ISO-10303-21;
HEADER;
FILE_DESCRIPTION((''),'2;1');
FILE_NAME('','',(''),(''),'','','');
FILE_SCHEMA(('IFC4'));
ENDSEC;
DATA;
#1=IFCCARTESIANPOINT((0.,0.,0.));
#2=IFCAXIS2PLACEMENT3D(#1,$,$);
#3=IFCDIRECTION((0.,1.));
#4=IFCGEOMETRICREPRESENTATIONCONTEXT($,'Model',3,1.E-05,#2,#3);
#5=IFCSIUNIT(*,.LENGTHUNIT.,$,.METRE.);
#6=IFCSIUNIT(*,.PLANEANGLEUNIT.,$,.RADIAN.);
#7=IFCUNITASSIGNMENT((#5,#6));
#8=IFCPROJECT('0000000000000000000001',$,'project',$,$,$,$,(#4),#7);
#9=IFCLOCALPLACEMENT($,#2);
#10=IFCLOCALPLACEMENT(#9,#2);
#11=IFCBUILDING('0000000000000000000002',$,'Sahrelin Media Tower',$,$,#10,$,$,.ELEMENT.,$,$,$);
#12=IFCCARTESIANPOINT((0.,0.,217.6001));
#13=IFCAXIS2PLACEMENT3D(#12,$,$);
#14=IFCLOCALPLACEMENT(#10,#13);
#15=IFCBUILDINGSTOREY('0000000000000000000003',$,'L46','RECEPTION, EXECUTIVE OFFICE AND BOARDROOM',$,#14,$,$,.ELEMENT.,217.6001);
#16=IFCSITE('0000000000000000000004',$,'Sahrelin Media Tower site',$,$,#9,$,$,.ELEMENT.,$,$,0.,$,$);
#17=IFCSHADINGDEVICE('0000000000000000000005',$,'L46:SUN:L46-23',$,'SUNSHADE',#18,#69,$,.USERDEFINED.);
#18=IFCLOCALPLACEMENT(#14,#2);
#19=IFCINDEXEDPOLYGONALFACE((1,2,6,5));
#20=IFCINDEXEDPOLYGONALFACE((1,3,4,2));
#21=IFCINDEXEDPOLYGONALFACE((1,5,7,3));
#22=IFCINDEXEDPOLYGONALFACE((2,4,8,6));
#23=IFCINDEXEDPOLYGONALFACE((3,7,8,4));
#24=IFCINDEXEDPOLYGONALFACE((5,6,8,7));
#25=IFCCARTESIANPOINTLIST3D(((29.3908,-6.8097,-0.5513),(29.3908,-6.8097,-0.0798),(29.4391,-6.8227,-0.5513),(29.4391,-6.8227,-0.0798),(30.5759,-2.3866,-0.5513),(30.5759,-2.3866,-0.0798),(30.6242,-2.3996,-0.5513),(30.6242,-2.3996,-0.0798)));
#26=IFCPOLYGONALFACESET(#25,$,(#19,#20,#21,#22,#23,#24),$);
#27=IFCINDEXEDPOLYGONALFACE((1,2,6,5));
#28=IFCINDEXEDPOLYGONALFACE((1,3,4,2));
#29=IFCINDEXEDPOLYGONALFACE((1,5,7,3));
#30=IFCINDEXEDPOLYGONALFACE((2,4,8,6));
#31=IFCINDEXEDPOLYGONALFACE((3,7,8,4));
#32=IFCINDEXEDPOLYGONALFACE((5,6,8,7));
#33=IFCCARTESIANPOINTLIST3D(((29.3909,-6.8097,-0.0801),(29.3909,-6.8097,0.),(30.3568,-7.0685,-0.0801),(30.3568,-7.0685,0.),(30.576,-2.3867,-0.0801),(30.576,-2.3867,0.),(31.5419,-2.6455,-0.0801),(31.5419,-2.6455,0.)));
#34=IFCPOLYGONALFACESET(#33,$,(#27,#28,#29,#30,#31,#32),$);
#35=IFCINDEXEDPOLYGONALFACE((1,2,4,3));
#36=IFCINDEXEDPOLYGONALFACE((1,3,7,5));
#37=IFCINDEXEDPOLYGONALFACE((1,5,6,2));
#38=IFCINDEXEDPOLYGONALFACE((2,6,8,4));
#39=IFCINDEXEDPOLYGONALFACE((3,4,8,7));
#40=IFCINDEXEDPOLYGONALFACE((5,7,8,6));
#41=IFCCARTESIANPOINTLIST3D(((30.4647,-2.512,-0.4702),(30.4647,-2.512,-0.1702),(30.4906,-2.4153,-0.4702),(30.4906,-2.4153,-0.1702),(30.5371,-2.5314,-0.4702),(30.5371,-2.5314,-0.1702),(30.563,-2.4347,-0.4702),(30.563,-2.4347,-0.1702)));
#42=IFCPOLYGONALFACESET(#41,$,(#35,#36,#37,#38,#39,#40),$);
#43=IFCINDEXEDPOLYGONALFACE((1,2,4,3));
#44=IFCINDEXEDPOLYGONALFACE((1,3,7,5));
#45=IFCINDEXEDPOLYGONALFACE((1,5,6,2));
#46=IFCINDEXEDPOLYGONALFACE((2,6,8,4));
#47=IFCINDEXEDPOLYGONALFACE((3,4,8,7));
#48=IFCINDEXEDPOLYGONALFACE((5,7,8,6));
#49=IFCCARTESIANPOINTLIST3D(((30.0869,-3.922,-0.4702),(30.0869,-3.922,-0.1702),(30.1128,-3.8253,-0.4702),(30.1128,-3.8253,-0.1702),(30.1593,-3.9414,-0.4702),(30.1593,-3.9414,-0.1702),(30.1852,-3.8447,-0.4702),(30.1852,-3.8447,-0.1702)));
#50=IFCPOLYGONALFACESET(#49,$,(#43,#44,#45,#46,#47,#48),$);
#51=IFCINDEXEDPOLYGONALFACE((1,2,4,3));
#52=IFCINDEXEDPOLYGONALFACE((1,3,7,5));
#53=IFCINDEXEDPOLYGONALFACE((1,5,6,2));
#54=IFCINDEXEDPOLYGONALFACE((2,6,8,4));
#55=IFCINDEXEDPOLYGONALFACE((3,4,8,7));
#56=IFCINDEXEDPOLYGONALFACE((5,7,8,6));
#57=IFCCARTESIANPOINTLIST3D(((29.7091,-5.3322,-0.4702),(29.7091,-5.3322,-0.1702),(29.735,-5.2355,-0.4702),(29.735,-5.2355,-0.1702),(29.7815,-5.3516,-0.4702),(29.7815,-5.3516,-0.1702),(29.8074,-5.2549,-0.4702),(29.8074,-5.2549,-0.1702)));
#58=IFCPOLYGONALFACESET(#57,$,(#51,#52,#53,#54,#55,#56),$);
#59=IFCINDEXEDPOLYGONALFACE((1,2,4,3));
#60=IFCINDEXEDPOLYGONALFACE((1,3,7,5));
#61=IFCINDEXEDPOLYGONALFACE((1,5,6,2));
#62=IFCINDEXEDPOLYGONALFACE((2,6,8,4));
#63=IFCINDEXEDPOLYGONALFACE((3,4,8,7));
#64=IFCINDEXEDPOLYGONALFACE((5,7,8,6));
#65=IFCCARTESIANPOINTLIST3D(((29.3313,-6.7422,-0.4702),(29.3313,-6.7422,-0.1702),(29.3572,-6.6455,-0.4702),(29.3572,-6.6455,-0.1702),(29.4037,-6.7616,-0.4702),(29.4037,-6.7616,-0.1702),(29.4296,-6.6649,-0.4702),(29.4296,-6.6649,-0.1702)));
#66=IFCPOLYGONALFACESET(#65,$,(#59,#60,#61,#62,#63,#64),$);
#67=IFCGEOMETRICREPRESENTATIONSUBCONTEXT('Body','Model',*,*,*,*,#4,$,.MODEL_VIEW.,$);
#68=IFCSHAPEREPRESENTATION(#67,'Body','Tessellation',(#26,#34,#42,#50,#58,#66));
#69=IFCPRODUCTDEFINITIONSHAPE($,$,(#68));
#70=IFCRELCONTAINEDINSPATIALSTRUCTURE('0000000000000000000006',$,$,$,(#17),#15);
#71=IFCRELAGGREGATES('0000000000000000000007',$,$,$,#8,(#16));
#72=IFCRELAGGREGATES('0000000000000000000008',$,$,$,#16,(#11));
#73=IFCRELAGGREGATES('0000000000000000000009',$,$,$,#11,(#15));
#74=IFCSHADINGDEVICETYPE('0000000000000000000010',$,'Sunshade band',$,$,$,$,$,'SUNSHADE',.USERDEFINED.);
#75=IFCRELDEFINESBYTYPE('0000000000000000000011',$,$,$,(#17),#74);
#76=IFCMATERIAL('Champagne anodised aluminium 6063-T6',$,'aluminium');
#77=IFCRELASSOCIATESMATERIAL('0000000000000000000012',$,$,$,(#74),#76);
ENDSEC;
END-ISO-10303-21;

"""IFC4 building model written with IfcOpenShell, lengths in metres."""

from ifc_helpers import new_model, si_unit, direction, frame, origin, origin_2d, place, context, subcontext, project, spatial, rectangle, extrude, material, type_object, element, save


model = new_model("IFC4")

# Units and contexts
model_context = context("Model", 3, precision=1e-05, world=origin(), true_north=direction((0.0, 1.0)))
body_context = subcontext(model_context, "Body", "Model", "MODEL_VIEW")
ifc_project = project(units=[si_unit("LENGTHUNIT", "METRE"), si_unit("PLANEANGLEUNIT", "RADIAN")], contexts=[model_context])

# Site, building, storey
site_placement = place(None, origin())
site = spatial("IfcSite", under=ifc_project, at=site_placement, Name="Sahrelin Media Tower site", CompositionType="ELEMENT", RefElevation=0.0)
building_placement = place(site_placement, origin())
building = spatial("IfcBuilding", under=site, at=building_placement, Name="Sahrelin Media Tower", CompositionType="ELEMENT")
storey_placement = place(building_placement, frame((0.0, 0.0, 217.6001)))
storey = spatial("IfcBuildingStorey", under=building, at=storey_placement, Name="L46", Description="RECEPTION, EXECUTIVE OFFICE AND BOARDROOM", CompositionType="ELEMENT", Elevation=217.6001)

# Shared definitions
ifc_material_1 = material(Name="Champagne anodised aluminium 6063-T6", Category="aluminium")

# Shading device
placement_1 = place(storey_placement, frame((29.9641, -4.593, 0.0), z_axis=(0.0, 0.0, 1.0), x_axis=(-0.258808, -0.965929, 0.0)))
shading_device_type_1 = type_object("IfcShadingDeviceType", Name="Sunshade band", ElementType="SUNSHADE", PredefinedType="USERDEFINED", material=ifc_material_1)
element("IfcShadingDevice", 1, at=placement_1, inside=storey, type_object=shading_device_type_1, Name="L46:SUN:L46-23", ObjectType="SUNSHADE", PredefinedType="USERDEFINED", context=body_context, shape_type="SweptSolid", body=[
    extrude(rectangle(XDim=4.5791, YDim=0.05, at=origin_2d()), frame((0.0, 0.0449, -0.5513)), (0.0, 0.0, 1.0), 0.4714),
    extrude(rectangle(XDim=4.5791, YDim=1.0, at=origin_2d()), frame((0.0, 0.52, -0.0801)), (0.0, 0.0, 1.0), 0.0801),
    extrude(rectangle(XDim=0.1001, YDim=0.075, at=origin_2d()), frame((-2.1897, -0.0176, -0.4702)), (0.0, 0.0, 1.0), 0.3),
    extrude(rectangle(XDim=0.1001, YDim=0.075, at=origin_2d()), frame((-0.73, -0.0176, -0.4702)), (0.0, 0.0, 1.0), 0.3),
    extrude(rectangle(XDim=0.1001, YDim=0.075, at=origin_2d()), frame((0.73, -0.0176, -0.4702)), (0.0, 0.0, 1.0), 0.3),
    extrude(rectangle(XDim=0.1001, YDim=0.075, at=origin_2d()), frame((2.1897, -0.0176, -0.4702)), (0.0, 0.0, 1.0), 0.3),
])

save(model, "model.ifc")
